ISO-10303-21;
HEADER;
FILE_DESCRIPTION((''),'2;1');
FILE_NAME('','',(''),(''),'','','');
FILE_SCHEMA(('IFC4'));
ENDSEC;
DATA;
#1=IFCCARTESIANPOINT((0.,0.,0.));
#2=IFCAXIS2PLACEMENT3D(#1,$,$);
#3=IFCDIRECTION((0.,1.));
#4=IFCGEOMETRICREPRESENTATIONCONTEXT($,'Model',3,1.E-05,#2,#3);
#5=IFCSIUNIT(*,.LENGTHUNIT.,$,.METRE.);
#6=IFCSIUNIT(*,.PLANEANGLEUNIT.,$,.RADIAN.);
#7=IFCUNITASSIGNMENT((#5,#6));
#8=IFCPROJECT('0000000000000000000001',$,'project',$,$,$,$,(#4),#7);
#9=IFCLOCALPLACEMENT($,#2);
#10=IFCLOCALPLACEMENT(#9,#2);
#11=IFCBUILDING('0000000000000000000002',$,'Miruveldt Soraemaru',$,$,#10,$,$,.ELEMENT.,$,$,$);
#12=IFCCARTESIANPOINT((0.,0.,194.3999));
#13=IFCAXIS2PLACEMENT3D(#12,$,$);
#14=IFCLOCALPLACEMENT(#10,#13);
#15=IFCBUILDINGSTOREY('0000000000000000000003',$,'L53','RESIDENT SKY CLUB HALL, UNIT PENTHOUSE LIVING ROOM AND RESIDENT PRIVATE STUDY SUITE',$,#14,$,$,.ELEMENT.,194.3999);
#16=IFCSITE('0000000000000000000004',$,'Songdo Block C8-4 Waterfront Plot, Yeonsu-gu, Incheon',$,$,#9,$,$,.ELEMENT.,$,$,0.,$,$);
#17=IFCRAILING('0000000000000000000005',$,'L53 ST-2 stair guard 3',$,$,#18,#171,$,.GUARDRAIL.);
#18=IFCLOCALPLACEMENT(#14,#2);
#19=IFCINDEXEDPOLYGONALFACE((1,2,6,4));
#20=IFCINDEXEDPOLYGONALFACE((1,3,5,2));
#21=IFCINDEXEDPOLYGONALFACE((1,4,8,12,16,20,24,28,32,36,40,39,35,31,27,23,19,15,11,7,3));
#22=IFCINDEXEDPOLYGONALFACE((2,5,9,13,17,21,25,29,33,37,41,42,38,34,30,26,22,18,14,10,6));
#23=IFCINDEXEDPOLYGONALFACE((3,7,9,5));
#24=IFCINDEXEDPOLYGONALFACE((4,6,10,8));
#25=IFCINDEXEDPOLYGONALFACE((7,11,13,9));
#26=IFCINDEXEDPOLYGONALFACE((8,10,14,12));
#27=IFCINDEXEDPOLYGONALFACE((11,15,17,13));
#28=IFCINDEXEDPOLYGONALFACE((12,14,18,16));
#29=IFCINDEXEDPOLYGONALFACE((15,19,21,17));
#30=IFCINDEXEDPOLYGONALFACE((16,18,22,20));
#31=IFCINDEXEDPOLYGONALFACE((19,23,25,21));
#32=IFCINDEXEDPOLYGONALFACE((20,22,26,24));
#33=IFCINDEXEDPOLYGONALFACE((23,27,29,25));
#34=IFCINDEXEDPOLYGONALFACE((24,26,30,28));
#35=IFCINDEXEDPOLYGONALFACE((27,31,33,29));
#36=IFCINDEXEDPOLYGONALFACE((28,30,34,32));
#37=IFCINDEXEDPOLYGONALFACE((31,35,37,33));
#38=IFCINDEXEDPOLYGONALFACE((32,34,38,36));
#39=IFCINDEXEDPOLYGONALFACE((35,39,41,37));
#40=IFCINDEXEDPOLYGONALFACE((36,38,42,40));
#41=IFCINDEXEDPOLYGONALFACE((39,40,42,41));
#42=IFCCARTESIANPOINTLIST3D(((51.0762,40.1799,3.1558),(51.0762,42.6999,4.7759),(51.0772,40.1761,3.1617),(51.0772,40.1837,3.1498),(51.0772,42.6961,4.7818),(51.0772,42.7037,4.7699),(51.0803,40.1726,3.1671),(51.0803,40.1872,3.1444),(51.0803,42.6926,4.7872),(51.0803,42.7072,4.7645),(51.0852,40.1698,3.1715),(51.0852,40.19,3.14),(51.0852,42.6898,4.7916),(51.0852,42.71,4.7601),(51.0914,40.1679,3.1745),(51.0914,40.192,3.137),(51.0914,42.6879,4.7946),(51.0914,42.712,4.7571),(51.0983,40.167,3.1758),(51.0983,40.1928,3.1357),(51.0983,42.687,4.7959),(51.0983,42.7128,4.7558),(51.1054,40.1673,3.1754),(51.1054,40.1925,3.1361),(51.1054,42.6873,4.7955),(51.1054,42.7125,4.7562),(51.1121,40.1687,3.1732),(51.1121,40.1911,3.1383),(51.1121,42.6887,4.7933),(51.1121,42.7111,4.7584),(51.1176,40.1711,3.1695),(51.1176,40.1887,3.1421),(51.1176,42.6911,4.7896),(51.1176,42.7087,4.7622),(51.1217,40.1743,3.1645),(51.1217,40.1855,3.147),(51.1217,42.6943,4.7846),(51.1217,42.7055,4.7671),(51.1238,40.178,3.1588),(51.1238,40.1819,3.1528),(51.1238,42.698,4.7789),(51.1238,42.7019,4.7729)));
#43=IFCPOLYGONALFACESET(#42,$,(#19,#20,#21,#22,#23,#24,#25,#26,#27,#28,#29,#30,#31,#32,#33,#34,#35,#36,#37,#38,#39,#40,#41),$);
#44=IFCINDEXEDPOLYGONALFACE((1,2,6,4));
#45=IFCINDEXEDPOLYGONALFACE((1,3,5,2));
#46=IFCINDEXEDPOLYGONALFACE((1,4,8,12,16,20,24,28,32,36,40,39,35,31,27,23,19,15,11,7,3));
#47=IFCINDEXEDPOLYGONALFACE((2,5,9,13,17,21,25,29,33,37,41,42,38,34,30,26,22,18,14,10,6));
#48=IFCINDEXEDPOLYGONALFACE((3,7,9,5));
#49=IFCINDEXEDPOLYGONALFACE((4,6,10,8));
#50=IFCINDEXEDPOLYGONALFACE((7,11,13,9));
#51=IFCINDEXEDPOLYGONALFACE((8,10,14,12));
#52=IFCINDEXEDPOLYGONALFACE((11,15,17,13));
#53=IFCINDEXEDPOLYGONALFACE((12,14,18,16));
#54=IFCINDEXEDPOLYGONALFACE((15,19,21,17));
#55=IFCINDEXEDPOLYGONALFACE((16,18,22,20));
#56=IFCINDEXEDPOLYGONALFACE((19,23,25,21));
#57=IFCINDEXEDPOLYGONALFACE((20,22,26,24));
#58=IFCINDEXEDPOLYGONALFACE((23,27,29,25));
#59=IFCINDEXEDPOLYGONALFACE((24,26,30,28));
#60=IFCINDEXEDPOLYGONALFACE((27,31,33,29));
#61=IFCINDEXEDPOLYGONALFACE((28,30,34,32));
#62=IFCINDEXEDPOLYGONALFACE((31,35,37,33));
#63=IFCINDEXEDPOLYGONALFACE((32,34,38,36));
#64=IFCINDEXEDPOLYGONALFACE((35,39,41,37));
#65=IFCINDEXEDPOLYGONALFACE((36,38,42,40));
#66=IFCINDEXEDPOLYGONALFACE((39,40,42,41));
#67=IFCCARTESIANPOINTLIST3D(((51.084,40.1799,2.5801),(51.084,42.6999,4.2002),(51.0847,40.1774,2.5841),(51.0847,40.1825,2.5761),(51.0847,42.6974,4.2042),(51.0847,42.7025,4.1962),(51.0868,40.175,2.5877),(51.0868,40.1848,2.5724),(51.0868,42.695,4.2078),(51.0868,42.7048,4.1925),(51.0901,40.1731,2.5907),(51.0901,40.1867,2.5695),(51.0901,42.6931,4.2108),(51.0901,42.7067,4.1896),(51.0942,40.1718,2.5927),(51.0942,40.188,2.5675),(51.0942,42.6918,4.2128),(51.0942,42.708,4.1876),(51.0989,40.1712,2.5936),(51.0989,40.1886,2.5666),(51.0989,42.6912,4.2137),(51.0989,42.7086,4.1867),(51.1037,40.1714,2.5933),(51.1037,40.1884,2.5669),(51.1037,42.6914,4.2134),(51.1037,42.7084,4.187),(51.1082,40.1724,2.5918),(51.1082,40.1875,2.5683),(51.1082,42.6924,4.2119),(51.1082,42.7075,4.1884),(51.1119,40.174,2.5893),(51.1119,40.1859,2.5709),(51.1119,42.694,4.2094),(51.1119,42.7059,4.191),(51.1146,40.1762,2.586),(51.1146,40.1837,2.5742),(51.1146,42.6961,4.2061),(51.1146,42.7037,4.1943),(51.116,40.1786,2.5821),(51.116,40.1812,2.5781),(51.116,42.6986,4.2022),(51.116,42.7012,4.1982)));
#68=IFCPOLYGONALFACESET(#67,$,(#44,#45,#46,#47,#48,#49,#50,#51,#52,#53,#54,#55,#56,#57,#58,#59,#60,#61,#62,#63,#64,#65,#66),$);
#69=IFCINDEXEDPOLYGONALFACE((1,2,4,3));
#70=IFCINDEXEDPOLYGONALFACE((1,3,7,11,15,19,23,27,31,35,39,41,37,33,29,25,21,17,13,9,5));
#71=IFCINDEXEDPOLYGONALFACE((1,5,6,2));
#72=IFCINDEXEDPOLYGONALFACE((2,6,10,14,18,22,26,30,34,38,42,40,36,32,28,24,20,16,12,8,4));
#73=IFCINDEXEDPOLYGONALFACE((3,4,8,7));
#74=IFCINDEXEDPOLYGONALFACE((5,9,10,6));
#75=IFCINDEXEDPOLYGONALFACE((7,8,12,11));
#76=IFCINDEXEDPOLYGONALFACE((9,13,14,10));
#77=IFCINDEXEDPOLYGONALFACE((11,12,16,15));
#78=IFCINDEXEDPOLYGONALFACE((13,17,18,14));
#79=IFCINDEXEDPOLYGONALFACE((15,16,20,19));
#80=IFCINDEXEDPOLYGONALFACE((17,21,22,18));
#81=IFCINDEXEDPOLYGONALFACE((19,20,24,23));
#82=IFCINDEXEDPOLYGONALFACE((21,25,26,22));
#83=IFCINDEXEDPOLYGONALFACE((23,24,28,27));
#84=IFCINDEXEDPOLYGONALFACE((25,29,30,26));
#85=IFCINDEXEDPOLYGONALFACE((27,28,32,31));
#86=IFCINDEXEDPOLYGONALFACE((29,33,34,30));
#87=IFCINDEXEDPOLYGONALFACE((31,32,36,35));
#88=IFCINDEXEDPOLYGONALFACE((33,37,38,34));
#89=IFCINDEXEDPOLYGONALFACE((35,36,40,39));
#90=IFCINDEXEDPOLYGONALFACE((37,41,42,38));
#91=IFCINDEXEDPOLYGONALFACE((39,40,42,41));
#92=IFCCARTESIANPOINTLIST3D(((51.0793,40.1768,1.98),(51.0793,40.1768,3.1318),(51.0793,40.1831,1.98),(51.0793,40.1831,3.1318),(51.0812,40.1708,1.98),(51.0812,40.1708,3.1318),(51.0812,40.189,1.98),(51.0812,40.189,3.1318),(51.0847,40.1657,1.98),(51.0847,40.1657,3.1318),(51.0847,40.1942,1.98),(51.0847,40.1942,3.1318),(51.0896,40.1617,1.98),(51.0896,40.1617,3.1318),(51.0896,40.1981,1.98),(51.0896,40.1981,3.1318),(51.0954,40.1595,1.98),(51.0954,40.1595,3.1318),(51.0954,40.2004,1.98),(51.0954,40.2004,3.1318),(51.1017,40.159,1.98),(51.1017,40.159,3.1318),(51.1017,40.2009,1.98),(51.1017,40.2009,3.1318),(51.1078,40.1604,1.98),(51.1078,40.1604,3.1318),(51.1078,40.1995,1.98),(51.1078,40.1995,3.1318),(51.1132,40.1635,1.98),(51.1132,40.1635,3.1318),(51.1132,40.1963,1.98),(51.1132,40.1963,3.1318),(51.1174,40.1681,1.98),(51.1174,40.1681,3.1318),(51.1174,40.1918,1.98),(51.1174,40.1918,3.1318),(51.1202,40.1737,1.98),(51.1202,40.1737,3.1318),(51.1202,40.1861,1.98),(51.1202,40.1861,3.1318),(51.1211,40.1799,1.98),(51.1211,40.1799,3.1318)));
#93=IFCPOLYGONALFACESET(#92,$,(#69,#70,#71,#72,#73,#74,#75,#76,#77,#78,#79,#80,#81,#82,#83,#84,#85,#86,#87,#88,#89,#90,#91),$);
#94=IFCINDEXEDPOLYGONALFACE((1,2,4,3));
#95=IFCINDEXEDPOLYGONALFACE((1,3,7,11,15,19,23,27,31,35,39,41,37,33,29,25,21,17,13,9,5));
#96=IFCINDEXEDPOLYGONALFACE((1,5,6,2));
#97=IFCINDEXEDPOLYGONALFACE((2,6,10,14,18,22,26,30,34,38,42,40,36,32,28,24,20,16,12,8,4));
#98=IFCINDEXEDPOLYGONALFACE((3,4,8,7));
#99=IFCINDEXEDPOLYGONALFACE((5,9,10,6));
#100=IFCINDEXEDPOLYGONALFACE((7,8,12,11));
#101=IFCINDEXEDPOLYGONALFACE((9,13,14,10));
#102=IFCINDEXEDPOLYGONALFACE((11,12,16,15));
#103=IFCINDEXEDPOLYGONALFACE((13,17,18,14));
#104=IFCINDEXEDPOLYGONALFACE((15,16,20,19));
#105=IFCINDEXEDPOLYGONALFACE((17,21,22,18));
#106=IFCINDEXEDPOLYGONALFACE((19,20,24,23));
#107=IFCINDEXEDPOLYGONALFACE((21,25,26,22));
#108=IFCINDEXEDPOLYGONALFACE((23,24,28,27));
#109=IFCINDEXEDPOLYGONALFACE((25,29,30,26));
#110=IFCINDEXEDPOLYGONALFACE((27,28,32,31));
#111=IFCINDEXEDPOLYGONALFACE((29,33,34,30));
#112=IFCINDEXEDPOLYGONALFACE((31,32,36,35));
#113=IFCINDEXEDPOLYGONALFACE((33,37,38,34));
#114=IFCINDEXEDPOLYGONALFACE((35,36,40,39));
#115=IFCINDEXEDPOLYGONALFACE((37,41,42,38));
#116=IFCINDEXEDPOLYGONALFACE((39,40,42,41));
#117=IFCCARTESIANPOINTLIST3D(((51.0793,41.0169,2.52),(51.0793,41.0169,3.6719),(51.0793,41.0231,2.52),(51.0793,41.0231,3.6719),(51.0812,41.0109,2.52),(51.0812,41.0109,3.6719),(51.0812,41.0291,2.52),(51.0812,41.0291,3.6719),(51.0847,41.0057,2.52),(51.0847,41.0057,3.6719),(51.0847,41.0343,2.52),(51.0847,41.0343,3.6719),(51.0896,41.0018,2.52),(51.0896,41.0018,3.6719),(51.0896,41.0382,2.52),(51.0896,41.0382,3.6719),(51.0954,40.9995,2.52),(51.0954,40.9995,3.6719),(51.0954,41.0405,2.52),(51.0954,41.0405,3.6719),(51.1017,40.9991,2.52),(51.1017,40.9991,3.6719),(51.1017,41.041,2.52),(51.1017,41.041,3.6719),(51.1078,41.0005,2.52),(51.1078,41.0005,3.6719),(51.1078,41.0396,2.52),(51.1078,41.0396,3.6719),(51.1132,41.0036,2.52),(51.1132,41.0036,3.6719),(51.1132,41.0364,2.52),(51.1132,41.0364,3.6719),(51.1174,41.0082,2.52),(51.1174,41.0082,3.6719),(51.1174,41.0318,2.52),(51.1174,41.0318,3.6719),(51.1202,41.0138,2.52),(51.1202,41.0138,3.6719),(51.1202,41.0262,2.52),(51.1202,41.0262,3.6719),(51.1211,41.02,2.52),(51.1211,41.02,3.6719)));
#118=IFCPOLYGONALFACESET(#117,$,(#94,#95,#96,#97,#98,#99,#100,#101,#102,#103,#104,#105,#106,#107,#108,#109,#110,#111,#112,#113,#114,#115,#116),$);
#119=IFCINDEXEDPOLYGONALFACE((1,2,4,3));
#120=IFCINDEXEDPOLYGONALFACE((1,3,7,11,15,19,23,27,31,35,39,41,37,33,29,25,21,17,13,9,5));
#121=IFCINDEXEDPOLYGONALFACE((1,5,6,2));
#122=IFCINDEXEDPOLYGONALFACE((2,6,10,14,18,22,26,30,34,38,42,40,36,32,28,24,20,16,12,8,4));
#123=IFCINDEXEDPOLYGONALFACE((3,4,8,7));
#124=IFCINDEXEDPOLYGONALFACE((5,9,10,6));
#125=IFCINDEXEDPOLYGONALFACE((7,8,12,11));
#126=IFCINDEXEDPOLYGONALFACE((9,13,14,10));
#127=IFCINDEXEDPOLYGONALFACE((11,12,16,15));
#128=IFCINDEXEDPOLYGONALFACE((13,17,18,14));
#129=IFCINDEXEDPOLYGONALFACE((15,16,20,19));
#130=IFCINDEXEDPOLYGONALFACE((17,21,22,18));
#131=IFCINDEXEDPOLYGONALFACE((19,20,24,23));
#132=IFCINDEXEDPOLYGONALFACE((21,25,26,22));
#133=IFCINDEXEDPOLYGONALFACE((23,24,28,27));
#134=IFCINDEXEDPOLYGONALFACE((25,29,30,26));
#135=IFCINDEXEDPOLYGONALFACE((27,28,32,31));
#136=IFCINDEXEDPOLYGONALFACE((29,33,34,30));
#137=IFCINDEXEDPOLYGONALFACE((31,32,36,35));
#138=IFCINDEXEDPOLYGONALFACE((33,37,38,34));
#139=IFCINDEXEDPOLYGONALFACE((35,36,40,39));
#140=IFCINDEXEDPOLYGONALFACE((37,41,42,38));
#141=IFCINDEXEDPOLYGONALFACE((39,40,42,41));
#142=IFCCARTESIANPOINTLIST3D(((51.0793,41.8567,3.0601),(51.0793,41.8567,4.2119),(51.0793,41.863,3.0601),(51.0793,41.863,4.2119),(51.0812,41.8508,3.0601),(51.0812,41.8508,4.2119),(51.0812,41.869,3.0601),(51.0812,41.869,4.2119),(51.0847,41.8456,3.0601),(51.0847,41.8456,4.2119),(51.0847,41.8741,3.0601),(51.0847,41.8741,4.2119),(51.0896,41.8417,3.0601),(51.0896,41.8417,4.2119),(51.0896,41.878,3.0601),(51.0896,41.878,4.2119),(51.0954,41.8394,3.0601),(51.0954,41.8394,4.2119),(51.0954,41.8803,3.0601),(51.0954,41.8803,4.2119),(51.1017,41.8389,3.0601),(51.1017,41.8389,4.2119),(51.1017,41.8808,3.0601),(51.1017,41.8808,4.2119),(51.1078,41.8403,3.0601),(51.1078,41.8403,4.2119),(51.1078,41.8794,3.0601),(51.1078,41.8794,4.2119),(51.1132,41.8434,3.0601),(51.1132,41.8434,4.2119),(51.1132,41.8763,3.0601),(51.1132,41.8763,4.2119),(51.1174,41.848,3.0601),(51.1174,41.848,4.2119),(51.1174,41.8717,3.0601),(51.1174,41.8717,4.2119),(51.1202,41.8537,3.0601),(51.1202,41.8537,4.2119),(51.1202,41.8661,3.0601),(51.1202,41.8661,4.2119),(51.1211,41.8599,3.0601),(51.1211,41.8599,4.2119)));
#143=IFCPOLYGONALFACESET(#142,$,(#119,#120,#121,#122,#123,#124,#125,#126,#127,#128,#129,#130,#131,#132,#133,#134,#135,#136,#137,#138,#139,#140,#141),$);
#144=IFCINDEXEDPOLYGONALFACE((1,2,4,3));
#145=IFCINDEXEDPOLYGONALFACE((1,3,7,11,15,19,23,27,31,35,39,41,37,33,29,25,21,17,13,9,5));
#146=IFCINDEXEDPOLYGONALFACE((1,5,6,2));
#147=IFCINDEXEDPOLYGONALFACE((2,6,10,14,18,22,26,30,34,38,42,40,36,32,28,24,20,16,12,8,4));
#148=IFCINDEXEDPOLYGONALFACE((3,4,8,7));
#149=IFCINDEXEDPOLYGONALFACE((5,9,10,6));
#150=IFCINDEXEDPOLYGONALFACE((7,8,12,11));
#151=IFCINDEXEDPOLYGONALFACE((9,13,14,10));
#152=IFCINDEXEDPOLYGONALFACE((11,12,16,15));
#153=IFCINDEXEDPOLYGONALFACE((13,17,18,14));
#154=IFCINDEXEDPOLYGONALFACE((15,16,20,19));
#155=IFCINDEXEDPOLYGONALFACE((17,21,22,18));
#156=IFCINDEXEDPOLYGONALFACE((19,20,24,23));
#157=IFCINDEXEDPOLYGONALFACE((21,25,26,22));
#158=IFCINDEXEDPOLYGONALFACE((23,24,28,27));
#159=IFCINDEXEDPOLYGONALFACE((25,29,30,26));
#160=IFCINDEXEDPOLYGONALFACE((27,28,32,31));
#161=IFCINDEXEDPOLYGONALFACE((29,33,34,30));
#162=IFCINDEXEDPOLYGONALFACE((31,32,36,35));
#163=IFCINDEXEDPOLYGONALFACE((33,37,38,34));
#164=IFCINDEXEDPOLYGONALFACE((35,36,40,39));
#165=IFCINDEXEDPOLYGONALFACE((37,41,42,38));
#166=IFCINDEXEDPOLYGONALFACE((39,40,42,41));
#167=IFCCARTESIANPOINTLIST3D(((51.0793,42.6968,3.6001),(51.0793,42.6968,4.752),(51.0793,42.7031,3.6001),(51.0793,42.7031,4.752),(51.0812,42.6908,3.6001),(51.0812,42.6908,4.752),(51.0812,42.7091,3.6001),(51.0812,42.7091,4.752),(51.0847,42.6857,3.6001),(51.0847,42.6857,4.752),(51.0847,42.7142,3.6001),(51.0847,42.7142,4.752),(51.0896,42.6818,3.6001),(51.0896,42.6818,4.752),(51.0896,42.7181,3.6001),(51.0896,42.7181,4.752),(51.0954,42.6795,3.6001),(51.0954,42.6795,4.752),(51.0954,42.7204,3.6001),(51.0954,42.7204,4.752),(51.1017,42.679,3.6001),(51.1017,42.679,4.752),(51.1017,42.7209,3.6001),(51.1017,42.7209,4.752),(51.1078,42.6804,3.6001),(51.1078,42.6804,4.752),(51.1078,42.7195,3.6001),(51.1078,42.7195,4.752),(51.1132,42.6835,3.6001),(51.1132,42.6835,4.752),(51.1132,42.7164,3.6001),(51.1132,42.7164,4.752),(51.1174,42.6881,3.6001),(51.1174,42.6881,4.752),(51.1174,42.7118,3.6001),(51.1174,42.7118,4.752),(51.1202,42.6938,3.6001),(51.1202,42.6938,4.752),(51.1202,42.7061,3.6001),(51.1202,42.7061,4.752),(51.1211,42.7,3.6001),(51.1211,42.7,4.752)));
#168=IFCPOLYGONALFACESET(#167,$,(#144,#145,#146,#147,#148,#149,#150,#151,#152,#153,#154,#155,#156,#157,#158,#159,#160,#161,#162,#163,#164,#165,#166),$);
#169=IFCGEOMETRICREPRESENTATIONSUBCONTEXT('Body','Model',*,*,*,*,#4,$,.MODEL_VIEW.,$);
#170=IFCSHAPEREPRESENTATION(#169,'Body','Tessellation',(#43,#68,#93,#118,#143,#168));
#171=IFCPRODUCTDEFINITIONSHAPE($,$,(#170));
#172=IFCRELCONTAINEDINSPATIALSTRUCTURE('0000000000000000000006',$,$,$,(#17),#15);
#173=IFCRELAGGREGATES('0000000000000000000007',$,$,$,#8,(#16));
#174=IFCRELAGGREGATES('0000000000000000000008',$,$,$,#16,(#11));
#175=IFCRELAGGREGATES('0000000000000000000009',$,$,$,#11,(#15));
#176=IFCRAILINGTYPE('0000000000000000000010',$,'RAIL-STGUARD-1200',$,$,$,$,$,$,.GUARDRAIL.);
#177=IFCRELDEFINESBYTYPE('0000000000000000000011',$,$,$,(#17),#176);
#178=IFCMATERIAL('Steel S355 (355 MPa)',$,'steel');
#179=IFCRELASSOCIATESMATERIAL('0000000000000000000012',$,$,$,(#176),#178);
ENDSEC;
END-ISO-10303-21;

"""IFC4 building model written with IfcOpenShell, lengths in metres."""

from ifc_helpers import new_model, si_unit, direction, frame, origin, origin_2d, place, context, subcontext, project, spatial, circle, extrude, material, type_object, element, save


model = new_model("IFC4")

# Units and contexts
model_context = context("Model", 3, precision=1e-05, world=origin(), true_north=direction((0.0, 1.0)))
body_context = subcontext(model_context, "Body", "Model", "MODEL_VIEW")
ifc_project = project(units=[si_unit("LENGTHUNIT", "METRE"), si_unit("PLANEANGLEUNIT", "RADIAN")], contexts=[model_context])

# Site, building, storey
site_placement = place(None, origin())
site = spatial("IfcSite", under=ifc_project, at=site_placement, Name="Songdo Block C8-4 Waterfront Plot, Yeonsu-gu, Incheon", CompositionType="ELEMENT", RefElevation=0.0)
building_placement = place(site_placement, origin())
building = spatial("IfcBuilding", under=site, at=building_placement, Name="Miruveldt Soraemaru", CompositionType="ELEMENT")
storey_placement = place(building_placement, frame((0.0, 0.0, 194.3999)))
storey = spatial("IfcBuildingStorey", under=building, at=storey_placement, Name="L53", Description="RESIDENT SKY CLUB HALL, UNIT PENTHOUSE LIVING ROOM AND RESIDENT PRIVATE STUDY SUITE", CompositionType="ELEMENT", Elevation=194.3999)

# Railing
ifc_material_1 = material(Name="Steel S355 (355 MPa)", Category="steel")
railing_type_1 = type_object("IfcRailingType", Name="RAIL-STGUARD-1200", PredefinedType="GUARDRAIL", material=ifc_material_1)
railing_1_placement = place(storey_placement, frame((51.1001, 40.1799, 1.98)))
element("IfcRailing", 1, at=railing_1_placement, inside=storey, type_object=railing_type_1, Name="L53 ST-2 stair guard 3", PredefinedType="GUARDRAIL", context=body_context, shape_type="SweptSolid", body=[
    extrude(circle(Radius=0.0239, at=origin_2d()), frame((0.0, 0.0, 1.1758), z_axis=(0.0, 0.841163, 0.540782), x_axis=(-1.0, 0.0, 0.0)), (0.0, 0.0, 1.0), 2.9958),
    extrude(circle(Radius=0.0161, at=origin_2d()), frame((0.0, 0.0, 0.6001), z_axis=(0.0, 0.841163, 0.540782), x_axis=(-1.0, 0.0, 0.0)), (0.0, 0.0, 1.0), 2.9958),
    extrude(circle(Radius=0.021, at=origin_2d()), origin(), (0.0, 0.0, 1.0), 1.1519),
    extrude(circle(Radius=0.021, at=origin_2d()), frame((0.0, 0.8401, 0.54)), (0.0, 0.0, 1.0), 1.1519),
    extrude(circle(Radius=0.021, at=origin_2d()), frame((0.0, 1.6799, 1.0801)), (0.0, 0.0, 1.0), 1.1519),
    extrude(circle(Radius=0.021, at=origin_2d()), frame((0.0, 2.52, 1.6201)), (0.0, 0.0, 1.0), 1.1519),
])

save(model, "model.ifc")
